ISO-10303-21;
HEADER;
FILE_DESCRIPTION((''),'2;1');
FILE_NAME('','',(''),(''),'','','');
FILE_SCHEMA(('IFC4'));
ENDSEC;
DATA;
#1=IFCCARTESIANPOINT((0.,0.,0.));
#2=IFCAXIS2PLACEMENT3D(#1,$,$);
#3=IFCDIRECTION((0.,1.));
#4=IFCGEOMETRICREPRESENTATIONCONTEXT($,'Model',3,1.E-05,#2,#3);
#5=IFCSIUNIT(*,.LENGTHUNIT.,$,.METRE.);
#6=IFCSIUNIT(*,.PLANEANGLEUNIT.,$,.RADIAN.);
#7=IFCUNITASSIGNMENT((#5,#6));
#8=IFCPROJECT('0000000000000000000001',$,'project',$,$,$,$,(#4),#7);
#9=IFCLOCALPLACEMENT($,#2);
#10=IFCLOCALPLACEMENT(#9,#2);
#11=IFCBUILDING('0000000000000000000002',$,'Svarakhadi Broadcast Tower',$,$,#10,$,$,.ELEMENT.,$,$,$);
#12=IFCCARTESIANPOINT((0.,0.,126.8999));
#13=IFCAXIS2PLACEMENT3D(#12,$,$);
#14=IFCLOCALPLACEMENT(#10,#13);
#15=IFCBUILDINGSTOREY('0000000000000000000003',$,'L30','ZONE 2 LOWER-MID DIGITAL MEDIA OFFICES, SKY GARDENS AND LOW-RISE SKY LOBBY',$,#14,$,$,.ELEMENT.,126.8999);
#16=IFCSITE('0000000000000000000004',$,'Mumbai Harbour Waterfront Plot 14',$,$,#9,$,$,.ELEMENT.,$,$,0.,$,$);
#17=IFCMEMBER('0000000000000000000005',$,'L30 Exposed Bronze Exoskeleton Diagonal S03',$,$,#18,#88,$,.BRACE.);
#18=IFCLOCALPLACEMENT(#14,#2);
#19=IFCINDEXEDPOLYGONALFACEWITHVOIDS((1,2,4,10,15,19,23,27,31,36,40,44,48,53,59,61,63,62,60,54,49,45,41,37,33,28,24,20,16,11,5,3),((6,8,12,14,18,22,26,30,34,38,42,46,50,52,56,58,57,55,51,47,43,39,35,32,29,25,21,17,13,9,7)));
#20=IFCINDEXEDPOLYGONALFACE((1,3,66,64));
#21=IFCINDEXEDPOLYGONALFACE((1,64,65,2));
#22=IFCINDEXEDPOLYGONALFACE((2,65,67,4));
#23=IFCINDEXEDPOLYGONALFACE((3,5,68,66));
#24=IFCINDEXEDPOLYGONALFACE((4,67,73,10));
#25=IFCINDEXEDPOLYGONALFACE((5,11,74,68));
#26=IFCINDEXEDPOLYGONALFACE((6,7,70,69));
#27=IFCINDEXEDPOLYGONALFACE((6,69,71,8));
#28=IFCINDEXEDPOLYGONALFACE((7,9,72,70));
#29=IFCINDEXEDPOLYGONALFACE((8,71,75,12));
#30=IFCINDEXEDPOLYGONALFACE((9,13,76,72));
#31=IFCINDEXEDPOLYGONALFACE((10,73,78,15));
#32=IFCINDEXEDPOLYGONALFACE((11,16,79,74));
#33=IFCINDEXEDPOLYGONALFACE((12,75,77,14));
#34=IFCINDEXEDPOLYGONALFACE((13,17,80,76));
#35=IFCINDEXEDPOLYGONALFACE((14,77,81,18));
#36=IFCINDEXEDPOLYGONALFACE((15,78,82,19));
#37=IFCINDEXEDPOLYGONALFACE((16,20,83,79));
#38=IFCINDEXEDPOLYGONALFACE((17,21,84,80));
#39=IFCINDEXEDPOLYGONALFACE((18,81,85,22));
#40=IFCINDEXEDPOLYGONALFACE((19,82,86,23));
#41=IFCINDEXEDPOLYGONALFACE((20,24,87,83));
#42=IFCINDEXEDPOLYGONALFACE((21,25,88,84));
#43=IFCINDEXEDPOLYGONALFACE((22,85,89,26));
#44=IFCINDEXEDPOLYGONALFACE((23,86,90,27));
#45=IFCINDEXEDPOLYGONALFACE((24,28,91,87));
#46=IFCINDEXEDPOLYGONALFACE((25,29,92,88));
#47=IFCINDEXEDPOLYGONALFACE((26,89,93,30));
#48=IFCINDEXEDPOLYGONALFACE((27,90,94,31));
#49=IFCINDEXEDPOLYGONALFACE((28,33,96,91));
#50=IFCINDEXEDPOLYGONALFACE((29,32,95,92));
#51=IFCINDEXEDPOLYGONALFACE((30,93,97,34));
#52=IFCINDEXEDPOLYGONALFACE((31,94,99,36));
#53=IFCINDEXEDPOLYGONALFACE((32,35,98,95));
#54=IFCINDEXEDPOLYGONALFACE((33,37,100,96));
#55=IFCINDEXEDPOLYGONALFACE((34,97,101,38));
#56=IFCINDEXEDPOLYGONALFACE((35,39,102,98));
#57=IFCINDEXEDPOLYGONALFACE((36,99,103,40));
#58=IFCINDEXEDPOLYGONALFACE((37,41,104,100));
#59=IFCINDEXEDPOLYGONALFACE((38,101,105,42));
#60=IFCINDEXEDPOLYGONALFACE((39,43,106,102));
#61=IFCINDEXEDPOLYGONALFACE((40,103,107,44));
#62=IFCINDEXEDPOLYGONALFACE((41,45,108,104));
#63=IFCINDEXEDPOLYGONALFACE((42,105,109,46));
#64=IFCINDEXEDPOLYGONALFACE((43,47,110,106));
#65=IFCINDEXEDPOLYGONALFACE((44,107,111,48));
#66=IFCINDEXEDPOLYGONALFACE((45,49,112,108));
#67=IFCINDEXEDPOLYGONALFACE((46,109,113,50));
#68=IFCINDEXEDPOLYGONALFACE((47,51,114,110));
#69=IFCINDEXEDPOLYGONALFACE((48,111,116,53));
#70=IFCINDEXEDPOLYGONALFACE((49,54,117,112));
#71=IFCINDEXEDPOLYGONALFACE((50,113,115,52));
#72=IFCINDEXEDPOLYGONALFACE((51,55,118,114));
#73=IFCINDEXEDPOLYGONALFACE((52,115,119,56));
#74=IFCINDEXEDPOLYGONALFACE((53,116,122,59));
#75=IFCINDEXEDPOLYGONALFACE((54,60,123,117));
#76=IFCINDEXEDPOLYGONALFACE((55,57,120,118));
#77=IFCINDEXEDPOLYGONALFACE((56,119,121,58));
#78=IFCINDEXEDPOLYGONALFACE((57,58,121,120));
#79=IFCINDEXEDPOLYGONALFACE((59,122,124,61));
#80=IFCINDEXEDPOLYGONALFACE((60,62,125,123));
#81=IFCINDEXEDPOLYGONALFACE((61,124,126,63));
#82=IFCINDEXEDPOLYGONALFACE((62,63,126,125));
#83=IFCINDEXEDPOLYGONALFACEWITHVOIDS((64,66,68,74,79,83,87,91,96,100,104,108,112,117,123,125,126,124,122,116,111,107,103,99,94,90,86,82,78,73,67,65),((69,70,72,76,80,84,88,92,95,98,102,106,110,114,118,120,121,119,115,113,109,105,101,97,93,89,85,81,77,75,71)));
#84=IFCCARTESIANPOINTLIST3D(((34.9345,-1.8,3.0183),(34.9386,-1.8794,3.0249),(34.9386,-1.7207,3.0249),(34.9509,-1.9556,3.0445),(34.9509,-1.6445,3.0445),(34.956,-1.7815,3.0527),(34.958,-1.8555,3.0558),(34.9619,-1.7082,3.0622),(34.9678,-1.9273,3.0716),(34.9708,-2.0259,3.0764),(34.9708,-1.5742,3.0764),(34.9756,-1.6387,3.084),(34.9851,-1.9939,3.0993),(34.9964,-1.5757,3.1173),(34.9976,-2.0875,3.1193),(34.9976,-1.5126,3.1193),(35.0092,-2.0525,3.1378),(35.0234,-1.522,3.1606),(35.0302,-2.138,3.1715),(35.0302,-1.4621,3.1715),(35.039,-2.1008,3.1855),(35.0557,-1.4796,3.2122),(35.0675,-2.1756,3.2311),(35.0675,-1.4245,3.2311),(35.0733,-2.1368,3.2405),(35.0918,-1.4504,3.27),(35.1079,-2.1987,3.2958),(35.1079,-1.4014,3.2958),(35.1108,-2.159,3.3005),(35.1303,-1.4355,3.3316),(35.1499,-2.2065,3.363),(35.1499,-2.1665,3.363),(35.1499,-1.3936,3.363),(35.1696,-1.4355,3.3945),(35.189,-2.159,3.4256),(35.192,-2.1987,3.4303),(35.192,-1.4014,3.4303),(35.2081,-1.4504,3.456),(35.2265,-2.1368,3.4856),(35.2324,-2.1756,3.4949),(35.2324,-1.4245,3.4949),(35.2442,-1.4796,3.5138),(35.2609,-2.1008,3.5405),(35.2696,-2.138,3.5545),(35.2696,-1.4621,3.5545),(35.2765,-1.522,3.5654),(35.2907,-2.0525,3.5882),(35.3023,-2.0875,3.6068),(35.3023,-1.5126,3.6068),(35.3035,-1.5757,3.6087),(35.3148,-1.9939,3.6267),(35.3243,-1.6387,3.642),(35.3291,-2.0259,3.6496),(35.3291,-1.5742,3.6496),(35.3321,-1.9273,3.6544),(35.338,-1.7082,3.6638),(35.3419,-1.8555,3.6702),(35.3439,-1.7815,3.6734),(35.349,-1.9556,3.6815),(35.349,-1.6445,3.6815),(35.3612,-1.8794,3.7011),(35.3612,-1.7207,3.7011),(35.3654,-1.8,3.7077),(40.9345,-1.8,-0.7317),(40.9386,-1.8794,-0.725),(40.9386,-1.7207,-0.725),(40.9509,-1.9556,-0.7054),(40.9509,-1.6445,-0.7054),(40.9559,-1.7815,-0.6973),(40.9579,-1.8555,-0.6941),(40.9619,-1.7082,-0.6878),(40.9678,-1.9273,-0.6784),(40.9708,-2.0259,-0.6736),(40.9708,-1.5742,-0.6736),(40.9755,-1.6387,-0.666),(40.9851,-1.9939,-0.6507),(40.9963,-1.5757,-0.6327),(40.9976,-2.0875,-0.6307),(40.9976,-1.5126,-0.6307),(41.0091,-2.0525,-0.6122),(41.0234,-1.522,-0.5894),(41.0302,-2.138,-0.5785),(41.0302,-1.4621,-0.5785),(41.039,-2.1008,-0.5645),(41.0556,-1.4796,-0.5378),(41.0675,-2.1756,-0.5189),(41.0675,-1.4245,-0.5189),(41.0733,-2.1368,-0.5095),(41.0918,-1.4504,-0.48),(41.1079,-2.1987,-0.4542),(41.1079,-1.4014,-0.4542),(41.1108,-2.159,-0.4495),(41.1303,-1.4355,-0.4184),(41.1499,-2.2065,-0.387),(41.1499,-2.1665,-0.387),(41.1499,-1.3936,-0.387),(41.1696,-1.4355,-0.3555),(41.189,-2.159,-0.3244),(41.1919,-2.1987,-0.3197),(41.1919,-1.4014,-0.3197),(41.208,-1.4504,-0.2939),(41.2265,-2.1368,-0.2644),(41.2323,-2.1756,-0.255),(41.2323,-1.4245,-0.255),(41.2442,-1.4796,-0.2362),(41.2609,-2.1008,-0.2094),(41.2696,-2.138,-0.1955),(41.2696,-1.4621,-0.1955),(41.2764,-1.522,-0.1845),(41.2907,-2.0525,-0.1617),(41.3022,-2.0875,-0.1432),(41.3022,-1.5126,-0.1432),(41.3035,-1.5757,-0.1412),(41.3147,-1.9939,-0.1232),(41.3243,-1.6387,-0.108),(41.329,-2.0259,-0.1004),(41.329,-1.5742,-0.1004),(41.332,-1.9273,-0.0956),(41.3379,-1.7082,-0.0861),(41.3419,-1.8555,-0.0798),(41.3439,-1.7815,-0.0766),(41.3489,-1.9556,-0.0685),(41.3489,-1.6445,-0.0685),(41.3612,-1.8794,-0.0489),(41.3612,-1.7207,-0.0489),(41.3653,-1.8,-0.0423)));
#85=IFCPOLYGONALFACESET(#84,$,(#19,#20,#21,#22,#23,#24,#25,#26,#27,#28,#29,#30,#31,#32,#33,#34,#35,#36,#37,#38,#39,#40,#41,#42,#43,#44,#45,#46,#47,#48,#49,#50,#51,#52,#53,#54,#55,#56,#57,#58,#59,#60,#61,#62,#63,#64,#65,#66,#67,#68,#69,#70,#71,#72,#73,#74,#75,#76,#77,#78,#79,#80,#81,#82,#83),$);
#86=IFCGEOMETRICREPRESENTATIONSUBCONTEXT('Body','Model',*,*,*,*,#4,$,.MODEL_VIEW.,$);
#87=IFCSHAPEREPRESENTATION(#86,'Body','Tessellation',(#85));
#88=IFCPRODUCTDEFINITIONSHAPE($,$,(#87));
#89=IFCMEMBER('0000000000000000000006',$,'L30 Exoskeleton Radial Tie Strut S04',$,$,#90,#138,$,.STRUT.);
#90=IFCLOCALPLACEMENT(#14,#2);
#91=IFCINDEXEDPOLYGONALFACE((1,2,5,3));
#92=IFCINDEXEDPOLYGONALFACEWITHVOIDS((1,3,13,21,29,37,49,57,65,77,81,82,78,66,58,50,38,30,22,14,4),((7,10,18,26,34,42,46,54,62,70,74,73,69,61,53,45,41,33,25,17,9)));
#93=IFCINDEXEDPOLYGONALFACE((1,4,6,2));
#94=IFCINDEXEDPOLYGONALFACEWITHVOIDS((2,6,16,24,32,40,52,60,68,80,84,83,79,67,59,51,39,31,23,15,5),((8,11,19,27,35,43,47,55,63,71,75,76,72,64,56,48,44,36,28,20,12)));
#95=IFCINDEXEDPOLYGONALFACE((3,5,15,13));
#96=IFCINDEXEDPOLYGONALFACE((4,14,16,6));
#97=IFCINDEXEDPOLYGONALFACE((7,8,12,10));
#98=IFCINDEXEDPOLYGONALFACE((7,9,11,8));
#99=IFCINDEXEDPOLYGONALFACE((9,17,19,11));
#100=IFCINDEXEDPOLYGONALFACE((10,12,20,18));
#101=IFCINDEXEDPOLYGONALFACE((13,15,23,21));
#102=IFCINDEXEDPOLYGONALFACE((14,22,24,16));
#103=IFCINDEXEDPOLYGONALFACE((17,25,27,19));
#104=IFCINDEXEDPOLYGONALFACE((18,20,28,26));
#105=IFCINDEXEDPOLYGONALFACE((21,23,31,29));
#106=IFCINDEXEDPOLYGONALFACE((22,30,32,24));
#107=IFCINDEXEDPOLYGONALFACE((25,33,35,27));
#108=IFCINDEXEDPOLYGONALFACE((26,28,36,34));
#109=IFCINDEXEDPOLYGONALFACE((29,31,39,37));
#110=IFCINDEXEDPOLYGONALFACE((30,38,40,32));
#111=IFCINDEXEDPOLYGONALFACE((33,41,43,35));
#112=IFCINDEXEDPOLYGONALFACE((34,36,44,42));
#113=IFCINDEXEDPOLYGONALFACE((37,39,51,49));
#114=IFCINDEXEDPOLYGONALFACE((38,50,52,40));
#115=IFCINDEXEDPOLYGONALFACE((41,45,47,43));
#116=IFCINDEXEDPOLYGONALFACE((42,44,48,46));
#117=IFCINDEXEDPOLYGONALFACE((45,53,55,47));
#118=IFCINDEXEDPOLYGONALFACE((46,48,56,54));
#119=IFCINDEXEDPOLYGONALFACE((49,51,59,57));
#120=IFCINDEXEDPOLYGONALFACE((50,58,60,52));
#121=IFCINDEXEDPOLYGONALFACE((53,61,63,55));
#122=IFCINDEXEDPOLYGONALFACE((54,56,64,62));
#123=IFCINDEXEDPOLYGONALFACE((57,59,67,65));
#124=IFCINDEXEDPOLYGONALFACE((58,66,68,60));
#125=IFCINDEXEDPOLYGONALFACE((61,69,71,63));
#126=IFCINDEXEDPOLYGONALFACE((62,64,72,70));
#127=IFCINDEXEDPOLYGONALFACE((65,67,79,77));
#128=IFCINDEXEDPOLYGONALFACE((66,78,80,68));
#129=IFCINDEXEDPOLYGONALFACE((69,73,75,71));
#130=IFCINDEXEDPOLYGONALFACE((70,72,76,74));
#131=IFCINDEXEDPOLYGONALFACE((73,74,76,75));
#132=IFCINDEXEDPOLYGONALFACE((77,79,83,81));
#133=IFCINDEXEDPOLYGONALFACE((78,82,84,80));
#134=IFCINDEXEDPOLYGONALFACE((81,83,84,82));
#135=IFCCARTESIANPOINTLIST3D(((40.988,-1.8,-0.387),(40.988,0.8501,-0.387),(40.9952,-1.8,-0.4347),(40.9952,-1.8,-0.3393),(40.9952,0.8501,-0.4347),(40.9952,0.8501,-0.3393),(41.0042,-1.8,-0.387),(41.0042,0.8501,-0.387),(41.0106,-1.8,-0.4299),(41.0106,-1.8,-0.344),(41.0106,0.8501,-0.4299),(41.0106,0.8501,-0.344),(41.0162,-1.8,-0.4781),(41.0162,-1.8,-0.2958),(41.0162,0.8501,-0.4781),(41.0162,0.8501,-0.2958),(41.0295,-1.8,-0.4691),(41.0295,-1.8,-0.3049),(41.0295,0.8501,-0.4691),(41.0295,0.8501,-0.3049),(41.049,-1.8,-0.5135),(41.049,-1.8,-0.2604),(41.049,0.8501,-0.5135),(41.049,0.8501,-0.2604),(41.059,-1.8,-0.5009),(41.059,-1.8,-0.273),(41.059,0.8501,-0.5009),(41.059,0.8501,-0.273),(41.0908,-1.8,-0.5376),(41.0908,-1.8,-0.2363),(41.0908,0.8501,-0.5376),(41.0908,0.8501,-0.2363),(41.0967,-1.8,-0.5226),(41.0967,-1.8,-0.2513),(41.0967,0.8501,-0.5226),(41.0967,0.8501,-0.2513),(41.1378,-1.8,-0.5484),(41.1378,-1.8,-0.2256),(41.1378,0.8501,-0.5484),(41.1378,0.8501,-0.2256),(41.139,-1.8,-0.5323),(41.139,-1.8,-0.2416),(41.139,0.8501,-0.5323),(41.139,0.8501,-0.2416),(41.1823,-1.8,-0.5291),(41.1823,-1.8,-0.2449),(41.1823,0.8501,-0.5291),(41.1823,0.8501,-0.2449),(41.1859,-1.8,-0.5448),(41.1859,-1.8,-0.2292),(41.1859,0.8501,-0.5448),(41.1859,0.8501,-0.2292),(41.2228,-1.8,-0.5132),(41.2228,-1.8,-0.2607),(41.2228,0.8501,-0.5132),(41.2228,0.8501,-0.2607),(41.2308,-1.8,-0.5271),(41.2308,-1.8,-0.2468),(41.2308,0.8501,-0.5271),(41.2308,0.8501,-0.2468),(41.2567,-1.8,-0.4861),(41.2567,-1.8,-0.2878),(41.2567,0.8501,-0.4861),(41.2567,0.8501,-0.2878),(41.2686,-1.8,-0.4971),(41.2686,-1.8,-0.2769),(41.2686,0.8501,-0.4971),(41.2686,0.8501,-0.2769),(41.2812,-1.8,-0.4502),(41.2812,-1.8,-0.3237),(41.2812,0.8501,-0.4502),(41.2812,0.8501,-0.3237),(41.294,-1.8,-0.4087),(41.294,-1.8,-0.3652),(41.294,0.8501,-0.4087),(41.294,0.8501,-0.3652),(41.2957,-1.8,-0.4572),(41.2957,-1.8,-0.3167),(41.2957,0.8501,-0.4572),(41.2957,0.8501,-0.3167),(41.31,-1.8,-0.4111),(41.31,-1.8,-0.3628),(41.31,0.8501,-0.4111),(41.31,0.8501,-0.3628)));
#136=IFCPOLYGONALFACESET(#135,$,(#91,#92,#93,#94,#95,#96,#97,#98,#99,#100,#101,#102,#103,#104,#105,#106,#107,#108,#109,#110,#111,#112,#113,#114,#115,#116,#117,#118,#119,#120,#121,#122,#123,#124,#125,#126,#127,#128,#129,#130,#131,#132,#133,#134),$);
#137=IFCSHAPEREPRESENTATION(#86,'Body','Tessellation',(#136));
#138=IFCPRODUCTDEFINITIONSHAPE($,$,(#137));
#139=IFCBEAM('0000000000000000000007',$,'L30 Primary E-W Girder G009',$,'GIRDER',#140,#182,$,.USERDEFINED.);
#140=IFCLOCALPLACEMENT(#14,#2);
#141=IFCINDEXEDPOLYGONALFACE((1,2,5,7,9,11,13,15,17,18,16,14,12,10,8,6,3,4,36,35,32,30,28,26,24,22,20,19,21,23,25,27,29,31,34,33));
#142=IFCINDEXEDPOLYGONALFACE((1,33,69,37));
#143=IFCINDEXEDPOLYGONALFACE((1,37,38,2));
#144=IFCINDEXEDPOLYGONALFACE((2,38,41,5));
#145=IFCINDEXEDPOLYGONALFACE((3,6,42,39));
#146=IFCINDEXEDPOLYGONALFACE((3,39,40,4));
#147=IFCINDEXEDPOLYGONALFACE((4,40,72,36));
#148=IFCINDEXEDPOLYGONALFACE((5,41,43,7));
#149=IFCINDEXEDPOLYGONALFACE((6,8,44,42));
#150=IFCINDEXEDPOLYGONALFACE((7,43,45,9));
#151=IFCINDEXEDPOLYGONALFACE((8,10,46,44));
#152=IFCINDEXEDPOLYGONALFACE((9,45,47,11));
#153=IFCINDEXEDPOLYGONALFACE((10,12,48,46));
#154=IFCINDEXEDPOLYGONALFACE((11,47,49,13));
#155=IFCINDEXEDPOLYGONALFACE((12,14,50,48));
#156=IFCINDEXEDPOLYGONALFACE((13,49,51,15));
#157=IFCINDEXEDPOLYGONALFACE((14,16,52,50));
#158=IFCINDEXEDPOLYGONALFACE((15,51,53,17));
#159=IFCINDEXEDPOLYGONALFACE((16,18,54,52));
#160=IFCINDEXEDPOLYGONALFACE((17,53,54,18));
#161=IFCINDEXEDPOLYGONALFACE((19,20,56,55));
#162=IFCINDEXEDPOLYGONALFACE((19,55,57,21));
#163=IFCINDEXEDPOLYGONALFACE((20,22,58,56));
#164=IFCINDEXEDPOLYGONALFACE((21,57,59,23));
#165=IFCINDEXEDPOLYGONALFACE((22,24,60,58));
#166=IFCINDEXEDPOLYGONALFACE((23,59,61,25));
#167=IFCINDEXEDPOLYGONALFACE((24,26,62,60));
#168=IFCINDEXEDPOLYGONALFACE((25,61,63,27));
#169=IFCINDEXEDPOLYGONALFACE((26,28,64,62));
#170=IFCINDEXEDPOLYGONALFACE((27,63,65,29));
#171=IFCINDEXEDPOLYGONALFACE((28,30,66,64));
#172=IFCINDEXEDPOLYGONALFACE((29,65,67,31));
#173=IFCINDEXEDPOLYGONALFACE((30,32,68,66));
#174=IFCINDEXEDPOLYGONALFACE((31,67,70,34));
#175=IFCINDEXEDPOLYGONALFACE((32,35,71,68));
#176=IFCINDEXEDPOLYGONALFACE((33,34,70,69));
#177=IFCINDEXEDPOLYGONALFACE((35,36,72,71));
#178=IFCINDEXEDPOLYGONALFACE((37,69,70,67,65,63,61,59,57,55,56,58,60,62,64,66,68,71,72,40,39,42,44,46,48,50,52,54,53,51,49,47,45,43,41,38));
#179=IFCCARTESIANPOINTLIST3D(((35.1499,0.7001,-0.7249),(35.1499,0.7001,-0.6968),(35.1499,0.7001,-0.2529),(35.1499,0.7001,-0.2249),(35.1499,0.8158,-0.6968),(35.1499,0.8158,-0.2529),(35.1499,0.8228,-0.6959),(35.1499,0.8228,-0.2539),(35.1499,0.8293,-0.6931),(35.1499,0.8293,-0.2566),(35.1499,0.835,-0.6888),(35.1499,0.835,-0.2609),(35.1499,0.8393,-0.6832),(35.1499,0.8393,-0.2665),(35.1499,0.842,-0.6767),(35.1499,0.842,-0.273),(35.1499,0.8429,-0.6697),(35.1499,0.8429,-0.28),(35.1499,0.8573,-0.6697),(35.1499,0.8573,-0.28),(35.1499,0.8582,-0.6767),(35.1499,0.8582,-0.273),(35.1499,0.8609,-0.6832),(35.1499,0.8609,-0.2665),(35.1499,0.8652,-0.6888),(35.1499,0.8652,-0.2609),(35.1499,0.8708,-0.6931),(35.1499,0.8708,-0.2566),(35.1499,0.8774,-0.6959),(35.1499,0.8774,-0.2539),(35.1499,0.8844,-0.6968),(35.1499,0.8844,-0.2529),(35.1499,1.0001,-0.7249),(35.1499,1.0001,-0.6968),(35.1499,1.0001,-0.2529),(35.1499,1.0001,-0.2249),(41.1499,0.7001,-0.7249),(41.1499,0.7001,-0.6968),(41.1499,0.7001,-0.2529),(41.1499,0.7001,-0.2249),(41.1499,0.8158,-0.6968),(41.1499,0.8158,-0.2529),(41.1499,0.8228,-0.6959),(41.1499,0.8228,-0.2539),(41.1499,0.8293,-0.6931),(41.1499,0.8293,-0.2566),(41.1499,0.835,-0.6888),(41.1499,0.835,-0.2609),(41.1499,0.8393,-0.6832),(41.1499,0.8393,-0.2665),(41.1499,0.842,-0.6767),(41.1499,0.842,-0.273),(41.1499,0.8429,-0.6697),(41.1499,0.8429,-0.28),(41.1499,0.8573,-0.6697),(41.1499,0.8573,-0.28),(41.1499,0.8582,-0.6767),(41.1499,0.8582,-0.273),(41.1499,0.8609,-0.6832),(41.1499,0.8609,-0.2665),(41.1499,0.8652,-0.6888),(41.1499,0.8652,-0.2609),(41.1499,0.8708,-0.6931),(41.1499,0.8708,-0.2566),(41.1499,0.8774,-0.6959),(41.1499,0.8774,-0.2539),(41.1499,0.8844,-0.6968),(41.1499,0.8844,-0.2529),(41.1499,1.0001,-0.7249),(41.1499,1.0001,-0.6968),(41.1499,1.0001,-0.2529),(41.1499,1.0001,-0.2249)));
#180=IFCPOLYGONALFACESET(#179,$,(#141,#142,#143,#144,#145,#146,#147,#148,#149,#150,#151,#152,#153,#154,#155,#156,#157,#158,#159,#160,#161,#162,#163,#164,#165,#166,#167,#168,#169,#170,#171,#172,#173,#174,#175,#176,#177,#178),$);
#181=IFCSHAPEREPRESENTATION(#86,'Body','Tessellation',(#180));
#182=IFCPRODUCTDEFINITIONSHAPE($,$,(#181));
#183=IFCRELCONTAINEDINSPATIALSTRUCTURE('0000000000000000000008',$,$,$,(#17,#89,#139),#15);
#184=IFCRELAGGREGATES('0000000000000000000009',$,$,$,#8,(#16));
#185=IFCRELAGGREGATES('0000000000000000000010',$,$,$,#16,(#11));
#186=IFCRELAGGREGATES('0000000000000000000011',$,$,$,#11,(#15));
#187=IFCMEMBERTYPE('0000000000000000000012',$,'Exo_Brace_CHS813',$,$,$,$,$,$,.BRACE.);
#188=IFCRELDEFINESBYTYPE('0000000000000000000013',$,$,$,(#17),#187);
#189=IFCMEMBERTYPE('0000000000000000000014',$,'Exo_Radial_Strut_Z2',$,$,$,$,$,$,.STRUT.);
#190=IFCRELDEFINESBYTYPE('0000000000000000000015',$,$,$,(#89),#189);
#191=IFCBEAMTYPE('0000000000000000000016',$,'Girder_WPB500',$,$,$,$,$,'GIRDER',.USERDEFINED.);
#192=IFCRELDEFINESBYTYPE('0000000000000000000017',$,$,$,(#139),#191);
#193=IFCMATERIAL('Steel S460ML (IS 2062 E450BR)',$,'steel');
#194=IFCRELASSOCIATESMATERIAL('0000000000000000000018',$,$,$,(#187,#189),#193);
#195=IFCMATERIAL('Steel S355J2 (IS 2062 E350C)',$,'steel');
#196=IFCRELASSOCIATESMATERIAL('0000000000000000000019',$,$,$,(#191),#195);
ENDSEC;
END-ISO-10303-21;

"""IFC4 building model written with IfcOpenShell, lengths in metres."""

from ifc_helpers import new_model, si_unit, direction, frame, origin, origin_2d, place, context, subcontext, project, spatial, hollow_circle, i_section, extrude, material, material_profile, profile_set, type_object, element, save


model = new_model("IFC4")

# Units and contexts
model_context = context("Model", 3, precision=1e-05, world=origin(), true_north=direction((0.0, 1.0)))
body_context = subcontext(model_context, "Body", "Model", "MODEL_VIEW")
ifc_project = project(units=[si_unit("LENGTHUNIT", "METRE"), si_unit("PLANEANGLEUNIT", "RADIAN")], contexts=[model_context])

# Site, building, storey
site_placement = place(None, origin())
site = spatial("IfcSite", under=ifc_project, at=site_placement, Name="Mumbai Harbour Waterfront Plot 14", CompositionType="ELEMENT", RefElevation=0.0)
building_placement = place(site_placement, origin())
building = spatial("IfcBuilding", under=site, at=building_placement, Name="Svarakhadi Broadcast Tower", CompositionType="ELEMENT")
storey_placement = place(building_placement, frame((0.0, 0.0, 126.8999)))
storey = spatial("IfcBuildingStorey", under=building, at=storey_placement, Name="L30", Description="ZONE 2 LOWER-MID DIGITAL MEDIA OFFICES, SKY GARDENS AND LOW-RISE SKY LOBBY", CompositionType="ELEMENT", Elevation=126.8999)

# Shared definitions
ifc_material_1 = material(Name="Steel S460ML (IS 2062 E450BR)", Category="steel")

# Members
ifc_material_profile_1 = material_profile(ifc_material_1, hollow_circle(Radius=0.4065, WallThickness=0.04, at=origin_2d()), Name="CHS 813x40")
ifc_profile_set_1 = profile_set([ifc_material_profile_1], Name="Steel S460ML (IS 2062 E450BR)")
member_type_1 = type_object("IfcMemberType", Name="Exo_Brace_CHS813", PredefinedType="BRACE", material=ifc_profile_set_1)
member_1_placement = place(storey_placement, frame((41.1499, -1.8, -0.387), z_axis=(-0.847998, 0.0, 0.529999), x_axis=(0.0, -1.0, 0.0)))
element("IfcMember", 1, at=member_1_placement, inside=storey, type_object=member_type_1, Name="L30 Exposed Bronze Exoskeleton Diagonal S03", PredefinedType="BRACE", context=body_context, shape_type="SweptSolid", body=[
    extrude(hollow_circle(Radius=0.4065, WallThickness=0.04, at=origin_2d()), origin(), (0.0, 0.0, 1.0), 7.0754),
])
ifc_material_profile_2 = material_profile(ifc_material_1, hollow_circle(Radius=0.1619, WallThickness=0.0161, at=origin_2d()), Name="CHS 323.9x16")
ifc_profile_set_2 = profile_set([ifc_material_profile_2], Name="Steel S460ML (IS 2062 E450BR)")
member_type_2 = type_object("IfcMemberType", Name="Exo_Radial_Strut_Z2", PredefinedType="STRUT", material=ifc_profile_set_2)
member_2_placement = place(storey_placement, frame((41.1499, -1.8, -0.387), z_axis=(0.0, 1.0, 0.0), x_axis=(-1.0, 0.0, 0.0)))
element("IfcMember", 2, at=member_2_placement, inside=storey, type_object=member_type_2, Name="L30 Exoskeleton Radial Tie Strut S04", PredefinedType="STRUT", context=body_context, shape_type="SweptSolid", body=[
    extrude(hollow_circle(Radius=0.1619, WallThickness=0.0161, at=origin_2d()), origin(), (0.0, 0.0, 1.0), 2.6501),
])

# Beam
ifc_material_2 = material(Name="Steel S355J2 (IS 2062 E350C)", Category="steel")
ifc_material_profile_3 = material_profile(ifc_material_2, i_section(OverallWidth=0.3, OverallDepth=0.5, WebThickness=0.0144, FlangeThickness=0.0281, FilletRadius=0.0271, at=origin_2d()), Name="WPB 500x300x187")
ifc_profile_set_3 = profile_set([ifc_material_profile_3], Name="Steel S355J2 (IS 2062 E350C)")
beam_type = type_object("IfcBeamType", Name="Girder_WPB500", ElementType="GIRDER", PredefinedType="USERDEFINED", material=ifc_profile_set_3)
beam_placement = place(storey_placement, frame((35.1499, 0.8501, -0.4749), z_axis=(1.0, 0.0, 0.0), x_axis=(0.0, 1.0, 0.0)))
element("IfcBeam", 3, at=beam_placement, inside=storey, type_object=beam_type, Name="L30 Primary E-W Girder G009", ObjectType="GIRDER", PredefinedType="USERDEFINED", context=body_context, shape_type="SweptSolid", body=[
    extrude(i_section(OverallWidth=0.3, OverallDepth=0.5, WebThickness=0.0144, FlangeThickness=0.0281, FilletRadius=0.0271, at=origin_2d()), origin(), (0.0, 0.0, 1.0), 6.0),
])

save(model, "model.ifc")
